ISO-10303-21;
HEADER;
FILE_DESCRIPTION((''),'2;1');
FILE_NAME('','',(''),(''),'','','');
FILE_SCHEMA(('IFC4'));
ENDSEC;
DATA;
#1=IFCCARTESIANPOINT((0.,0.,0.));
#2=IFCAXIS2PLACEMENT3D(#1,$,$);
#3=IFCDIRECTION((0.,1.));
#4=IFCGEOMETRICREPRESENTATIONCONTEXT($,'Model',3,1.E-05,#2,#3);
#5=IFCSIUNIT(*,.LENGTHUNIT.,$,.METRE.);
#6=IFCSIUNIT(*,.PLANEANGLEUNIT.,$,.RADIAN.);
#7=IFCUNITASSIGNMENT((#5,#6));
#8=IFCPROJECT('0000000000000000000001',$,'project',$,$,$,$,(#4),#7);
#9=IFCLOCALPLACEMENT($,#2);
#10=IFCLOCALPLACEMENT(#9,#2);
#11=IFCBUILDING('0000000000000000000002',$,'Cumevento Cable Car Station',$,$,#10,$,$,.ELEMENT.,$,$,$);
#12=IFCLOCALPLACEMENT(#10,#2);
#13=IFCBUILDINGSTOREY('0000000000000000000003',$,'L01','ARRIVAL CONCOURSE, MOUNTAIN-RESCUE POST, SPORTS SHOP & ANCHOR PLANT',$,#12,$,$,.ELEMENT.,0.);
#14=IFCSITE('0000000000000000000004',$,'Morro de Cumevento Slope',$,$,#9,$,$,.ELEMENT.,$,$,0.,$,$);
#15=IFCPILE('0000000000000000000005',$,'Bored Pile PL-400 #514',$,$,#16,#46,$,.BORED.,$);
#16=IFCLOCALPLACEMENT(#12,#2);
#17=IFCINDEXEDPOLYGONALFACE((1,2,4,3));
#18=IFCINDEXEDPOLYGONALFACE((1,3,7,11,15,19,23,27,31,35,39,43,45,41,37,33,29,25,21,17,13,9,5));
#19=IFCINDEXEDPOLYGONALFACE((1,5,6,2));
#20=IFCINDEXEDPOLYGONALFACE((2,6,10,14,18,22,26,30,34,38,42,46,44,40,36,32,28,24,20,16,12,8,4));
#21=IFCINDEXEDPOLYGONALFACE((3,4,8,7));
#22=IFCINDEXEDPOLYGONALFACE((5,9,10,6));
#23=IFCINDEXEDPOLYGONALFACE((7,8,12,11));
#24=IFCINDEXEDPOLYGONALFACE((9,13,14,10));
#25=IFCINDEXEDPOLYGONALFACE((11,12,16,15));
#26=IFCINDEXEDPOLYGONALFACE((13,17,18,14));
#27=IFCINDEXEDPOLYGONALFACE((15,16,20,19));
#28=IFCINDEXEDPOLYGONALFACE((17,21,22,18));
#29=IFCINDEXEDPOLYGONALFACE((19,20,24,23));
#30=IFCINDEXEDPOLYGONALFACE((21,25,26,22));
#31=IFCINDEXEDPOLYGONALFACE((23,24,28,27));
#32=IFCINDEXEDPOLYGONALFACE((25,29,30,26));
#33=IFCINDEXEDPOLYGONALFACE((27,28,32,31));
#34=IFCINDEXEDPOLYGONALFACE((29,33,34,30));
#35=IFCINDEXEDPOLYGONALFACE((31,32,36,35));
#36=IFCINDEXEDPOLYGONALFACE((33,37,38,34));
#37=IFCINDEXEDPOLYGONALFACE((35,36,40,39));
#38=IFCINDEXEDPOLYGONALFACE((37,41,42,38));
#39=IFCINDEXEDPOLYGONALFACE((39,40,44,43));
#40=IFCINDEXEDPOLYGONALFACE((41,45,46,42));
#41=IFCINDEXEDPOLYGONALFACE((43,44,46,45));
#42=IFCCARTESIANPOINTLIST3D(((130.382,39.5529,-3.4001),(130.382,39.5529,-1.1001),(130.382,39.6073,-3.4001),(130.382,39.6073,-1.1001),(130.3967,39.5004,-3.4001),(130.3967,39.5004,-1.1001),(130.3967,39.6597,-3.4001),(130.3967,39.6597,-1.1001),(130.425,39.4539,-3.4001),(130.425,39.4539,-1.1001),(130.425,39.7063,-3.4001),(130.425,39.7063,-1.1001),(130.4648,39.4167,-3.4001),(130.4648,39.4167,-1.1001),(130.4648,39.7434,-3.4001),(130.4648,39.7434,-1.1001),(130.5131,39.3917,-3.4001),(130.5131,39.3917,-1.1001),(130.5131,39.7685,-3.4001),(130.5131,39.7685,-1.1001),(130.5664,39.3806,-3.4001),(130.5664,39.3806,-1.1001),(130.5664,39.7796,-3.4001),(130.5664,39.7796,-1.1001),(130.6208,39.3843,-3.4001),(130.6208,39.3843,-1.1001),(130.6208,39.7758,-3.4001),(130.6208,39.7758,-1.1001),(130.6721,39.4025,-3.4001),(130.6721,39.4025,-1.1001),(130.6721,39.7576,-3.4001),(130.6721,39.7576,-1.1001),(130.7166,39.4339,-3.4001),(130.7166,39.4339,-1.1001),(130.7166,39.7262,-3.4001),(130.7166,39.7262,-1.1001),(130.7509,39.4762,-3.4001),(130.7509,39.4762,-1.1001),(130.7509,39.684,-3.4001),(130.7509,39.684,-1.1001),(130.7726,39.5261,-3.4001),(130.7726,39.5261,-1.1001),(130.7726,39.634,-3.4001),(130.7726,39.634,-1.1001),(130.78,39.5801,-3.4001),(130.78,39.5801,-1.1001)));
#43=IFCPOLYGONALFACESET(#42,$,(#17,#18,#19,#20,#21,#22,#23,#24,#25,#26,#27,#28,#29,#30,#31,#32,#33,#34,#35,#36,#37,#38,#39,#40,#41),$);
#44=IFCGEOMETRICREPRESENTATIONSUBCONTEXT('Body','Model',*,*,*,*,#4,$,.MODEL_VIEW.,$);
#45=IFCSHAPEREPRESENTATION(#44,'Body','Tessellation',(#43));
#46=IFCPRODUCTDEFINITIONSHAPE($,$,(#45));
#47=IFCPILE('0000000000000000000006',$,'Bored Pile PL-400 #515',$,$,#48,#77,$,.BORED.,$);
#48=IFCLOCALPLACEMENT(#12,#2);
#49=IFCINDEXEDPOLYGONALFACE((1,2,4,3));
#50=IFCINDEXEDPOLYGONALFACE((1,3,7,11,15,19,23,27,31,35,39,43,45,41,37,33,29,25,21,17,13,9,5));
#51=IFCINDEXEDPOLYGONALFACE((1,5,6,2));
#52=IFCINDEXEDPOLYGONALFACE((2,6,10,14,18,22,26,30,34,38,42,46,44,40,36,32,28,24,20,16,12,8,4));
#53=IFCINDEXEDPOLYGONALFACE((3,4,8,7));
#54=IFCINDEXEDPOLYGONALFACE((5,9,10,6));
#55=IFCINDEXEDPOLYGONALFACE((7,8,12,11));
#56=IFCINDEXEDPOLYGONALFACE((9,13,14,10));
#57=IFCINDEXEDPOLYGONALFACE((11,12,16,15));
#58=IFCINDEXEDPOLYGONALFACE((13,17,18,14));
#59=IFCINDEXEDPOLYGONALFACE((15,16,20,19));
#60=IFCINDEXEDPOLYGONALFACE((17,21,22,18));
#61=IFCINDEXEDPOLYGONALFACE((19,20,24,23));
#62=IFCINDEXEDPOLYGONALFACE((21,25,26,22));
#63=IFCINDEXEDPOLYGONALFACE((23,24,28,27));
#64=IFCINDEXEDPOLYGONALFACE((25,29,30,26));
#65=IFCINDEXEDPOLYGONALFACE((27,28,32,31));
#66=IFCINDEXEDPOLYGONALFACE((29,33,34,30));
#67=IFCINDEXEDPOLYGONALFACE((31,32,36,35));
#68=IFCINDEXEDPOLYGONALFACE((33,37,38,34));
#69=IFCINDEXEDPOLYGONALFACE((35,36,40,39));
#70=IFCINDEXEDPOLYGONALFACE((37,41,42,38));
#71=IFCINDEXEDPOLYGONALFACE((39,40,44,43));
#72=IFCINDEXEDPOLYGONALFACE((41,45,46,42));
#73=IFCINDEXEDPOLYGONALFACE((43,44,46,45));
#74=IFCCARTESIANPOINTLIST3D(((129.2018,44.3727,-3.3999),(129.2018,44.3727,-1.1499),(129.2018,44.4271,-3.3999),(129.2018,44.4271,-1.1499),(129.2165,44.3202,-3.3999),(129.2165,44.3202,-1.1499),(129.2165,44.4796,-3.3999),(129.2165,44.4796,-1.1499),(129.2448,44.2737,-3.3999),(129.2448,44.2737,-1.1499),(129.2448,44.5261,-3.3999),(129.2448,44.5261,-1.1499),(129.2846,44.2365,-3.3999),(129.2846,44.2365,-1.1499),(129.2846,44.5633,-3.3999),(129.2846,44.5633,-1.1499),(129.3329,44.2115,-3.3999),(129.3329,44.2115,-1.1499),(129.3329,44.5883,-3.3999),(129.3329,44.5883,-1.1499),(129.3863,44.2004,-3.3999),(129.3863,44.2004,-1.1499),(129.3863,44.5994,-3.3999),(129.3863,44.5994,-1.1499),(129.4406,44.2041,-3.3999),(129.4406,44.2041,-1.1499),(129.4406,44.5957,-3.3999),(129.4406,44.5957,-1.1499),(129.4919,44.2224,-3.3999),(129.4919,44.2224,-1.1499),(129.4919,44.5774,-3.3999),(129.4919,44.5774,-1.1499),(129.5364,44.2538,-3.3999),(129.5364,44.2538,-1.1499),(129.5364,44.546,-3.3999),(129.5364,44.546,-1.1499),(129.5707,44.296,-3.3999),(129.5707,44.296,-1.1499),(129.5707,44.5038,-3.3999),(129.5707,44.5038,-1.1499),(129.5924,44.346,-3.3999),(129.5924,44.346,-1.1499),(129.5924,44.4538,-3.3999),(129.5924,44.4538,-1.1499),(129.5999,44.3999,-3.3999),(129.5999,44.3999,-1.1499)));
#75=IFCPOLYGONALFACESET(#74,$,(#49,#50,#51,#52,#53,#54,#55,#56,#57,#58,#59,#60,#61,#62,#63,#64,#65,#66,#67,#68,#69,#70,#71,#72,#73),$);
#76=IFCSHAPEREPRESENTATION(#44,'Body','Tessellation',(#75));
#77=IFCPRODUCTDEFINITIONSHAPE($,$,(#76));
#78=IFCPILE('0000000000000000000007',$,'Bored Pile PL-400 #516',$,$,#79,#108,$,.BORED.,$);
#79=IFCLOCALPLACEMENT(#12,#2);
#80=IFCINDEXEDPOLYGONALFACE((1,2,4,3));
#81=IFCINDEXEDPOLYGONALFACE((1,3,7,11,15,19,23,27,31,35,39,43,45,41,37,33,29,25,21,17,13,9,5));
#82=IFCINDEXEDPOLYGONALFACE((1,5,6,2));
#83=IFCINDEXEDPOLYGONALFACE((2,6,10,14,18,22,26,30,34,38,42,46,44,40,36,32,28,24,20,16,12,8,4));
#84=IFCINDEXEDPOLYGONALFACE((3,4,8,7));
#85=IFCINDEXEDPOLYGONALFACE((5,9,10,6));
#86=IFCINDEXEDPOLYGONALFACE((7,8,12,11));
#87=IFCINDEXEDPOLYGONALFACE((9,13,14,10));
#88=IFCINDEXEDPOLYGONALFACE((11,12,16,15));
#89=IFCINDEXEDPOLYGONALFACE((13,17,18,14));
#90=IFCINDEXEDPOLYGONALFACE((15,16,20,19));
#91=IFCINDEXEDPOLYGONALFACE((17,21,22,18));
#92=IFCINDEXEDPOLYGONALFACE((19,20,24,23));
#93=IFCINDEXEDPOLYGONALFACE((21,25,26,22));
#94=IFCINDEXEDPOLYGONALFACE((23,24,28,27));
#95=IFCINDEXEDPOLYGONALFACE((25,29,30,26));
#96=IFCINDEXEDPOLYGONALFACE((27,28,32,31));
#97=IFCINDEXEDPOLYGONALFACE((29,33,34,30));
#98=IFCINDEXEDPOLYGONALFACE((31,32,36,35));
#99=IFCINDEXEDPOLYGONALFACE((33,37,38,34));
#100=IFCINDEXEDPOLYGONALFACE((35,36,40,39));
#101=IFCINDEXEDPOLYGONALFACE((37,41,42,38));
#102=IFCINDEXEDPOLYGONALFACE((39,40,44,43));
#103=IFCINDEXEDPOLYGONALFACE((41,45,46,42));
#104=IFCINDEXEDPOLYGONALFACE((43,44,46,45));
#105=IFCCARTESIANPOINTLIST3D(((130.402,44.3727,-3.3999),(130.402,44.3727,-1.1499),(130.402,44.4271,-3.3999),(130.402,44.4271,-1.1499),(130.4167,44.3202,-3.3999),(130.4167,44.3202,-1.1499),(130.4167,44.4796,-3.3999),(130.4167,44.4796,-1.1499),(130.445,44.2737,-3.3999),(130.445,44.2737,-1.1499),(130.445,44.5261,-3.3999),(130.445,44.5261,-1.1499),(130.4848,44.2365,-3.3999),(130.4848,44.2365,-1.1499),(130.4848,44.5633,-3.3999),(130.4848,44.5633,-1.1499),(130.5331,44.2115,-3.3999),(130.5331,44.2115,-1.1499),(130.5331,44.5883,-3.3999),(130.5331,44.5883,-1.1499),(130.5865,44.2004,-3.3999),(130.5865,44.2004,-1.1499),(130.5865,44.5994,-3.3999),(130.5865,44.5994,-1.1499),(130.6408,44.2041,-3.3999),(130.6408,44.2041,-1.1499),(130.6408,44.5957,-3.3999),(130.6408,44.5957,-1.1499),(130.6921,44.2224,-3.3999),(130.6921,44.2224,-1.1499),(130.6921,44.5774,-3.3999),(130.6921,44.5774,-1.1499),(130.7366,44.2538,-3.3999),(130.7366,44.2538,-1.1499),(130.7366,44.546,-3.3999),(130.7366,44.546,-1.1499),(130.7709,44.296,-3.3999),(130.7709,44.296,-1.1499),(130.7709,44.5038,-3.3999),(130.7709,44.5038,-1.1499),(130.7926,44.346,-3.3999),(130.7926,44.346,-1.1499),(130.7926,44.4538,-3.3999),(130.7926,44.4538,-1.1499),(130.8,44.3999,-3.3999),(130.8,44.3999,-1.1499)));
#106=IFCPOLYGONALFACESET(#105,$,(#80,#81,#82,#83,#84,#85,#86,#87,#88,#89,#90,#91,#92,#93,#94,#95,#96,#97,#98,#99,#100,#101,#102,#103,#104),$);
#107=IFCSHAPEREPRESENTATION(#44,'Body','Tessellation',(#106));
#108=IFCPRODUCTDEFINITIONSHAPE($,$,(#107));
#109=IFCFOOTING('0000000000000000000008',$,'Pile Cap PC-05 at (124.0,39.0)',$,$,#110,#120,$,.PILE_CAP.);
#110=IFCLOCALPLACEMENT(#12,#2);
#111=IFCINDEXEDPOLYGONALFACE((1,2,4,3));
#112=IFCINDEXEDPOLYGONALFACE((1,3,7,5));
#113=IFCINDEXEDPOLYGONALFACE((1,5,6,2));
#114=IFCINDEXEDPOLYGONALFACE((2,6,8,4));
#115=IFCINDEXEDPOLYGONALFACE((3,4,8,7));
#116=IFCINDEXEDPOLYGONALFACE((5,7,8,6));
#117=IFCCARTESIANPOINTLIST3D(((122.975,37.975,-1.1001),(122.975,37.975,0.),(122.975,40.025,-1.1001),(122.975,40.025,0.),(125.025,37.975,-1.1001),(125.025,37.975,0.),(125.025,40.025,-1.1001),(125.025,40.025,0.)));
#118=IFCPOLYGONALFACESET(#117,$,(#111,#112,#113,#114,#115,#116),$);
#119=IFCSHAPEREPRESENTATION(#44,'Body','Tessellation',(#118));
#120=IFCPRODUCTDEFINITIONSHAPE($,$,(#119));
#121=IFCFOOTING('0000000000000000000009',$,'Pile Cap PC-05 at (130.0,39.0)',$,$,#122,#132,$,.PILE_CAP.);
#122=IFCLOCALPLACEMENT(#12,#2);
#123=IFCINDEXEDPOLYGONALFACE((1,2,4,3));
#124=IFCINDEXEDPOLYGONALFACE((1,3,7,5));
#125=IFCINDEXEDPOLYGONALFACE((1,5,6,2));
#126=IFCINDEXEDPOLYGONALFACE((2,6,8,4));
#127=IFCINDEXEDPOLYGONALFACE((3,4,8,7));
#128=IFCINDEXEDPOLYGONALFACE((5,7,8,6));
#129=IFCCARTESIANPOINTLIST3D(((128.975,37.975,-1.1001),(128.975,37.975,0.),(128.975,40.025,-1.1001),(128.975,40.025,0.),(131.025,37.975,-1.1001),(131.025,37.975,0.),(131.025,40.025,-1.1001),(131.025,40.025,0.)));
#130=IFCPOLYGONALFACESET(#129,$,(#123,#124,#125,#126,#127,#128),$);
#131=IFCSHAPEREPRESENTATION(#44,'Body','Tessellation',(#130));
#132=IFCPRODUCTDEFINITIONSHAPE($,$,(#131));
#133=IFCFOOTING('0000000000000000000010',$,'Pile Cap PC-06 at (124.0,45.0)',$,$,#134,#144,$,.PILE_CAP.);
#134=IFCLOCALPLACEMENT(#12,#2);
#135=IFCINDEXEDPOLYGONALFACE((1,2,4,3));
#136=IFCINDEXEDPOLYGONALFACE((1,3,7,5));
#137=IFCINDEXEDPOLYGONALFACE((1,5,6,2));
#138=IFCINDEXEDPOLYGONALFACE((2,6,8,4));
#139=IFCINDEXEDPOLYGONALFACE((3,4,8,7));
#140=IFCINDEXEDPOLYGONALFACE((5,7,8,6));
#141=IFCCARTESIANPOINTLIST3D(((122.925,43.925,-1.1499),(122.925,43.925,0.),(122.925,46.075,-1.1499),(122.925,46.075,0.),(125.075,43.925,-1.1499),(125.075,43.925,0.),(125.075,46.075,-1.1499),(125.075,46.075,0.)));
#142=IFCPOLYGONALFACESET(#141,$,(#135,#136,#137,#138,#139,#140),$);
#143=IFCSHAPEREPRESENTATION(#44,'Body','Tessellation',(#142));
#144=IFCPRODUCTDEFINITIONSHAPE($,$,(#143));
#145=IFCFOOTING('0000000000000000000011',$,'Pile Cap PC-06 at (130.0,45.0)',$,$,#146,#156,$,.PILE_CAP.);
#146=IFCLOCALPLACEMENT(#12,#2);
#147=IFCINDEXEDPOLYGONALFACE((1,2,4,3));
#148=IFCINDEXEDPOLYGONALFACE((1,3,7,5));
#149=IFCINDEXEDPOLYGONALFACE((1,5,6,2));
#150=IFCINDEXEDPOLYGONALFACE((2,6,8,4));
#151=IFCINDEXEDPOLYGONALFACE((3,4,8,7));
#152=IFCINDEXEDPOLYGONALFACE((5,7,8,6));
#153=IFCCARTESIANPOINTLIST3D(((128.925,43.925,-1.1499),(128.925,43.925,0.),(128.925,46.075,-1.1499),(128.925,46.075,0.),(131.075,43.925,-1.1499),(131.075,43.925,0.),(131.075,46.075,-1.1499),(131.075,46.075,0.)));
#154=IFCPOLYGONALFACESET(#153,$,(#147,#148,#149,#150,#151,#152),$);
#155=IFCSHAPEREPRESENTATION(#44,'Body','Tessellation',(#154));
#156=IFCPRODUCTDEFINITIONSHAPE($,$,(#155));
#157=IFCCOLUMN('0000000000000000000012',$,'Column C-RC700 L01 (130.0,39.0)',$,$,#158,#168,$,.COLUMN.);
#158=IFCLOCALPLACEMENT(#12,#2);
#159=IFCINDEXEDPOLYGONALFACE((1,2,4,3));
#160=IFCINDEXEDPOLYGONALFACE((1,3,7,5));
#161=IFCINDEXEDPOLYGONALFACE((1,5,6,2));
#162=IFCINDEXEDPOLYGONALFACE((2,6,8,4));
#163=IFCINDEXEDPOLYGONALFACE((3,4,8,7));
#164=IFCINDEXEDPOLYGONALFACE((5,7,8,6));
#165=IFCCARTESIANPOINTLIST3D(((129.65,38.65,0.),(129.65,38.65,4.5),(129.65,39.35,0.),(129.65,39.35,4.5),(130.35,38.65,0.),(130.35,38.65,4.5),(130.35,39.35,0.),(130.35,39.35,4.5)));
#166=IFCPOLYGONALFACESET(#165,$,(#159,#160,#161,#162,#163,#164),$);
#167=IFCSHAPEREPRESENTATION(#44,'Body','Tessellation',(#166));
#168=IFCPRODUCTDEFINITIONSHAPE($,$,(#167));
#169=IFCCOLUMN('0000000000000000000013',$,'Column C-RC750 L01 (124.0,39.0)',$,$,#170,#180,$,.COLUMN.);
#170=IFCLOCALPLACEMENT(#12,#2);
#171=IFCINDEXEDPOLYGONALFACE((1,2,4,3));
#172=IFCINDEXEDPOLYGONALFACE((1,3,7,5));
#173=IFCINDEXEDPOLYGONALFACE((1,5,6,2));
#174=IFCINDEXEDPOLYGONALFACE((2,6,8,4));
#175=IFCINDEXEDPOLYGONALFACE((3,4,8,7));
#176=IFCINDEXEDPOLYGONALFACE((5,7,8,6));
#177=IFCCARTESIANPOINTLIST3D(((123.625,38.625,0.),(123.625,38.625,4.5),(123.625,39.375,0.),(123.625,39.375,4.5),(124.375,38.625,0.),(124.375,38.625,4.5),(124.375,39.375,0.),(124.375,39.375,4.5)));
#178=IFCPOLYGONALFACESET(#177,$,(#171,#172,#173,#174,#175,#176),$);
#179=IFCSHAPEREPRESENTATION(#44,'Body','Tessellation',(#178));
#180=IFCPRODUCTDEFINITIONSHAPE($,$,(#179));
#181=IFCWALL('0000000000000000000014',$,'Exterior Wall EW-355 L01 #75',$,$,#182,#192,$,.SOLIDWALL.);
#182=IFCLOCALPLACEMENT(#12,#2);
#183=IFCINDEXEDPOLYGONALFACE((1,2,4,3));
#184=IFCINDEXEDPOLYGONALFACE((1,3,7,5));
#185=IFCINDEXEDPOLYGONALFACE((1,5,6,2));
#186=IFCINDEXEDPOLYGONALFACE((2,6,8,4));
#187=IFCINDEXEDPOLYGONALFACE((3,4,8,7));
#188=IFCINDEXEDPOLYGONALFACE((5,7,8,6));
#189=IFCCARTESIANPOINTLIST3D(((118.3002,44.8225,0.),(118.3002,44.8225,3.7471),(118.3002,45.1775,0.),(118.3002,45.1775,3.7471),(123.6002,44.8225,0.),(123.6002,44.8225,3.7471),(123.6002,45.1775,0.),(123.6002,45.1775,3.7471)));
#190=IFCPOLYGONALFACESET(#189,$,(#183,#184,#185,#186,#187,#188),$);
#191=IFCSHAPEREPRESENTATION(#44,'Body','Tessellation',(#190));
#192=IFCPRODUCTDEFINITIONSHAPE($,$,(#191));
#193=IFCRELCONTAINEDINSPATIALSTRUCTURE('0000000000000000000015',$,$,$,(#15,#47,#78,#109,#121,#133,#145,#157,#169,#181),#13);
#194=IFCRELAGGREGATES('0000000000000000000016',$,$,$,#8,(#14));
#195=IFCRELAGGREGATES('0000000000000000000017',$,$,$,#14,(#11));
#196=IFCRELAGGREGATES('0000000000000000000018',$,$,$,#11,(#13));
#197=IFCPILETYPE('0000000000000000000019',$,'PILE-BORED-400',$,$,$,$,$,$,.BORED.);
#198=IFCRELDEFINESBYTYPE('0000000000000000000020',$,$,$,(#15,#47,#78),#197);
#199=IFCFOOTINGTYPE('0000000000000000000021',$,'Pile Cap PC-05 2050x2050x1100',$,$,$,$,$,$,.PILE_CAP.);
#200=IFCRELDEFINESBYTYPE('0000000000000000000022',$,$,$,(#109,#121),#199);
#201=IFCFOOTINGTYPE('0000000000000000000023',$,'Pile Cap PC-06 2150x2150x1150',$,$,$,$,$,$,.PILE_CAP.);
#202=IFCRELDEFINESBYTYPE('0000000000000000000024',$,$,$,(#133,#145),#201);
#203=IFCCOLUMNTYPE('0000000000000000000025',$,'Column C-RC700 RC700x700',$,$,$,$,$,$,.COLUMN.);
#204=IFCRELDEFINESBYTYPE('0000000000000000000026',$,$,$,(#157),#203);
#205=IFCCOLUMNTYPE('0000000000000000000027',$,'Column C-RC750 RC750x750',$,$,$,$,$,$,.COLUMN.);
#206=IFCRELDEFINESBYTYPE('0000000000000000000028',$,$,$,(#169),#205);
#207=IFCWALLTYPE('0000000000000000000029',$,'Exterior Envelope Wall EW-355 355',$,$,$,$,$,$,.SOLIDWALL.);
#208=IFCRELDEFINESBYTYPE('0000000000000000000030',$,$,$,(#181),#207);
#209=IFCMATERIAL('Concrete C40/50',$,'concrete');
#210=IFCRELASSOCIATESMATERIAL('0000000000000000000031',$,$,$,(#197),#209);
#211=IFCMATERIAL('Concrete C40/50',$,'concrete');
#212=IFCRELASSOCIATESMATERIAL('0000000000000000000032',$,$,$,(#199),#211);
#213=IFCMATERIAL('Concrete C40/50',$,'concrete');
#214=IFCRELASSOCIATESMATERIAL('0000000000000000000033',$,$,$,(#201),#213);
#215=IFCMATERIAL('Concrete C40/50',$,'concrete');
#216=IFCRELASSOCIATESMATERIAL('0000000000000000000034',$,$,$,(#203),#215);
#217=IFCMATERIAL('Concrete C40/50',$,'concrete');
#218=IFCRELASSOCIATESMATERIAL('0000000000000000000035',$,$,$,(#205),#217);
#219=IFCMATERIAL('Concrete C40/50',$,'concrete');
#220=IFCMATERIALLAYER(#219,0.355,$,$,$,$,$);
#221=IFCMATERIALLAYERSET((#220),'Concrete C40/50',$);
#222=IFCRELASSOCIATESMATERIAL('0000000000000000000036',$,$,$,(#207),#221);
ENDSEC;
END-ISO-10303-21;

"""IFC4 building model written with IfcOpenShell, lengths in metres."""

from ifc_helpers import new_model, si_unit, direction, frame, frame_2d, origin, origin_2d, place, context, subcontext, project, spatial, rectangle, circle, extrude, material, layer, layer_set, material_profile, profile_set, type_object, element, save


model = new_model("IFC4")

# Units and contexts
model_context = context("Model", 3, precision=1e-05, world=origin(), true_north=direction((0.0, 1.0)))
body_context = subcontext(model_context, "Body", "Model", "MODEL_VIEW")
ifc_project = project(units=[si_unit("LENGTHUNIT", "METRE"), si_unit("PLANEANGLEUNIT", "RADIAN")], contexts=[model_context])

# Site, building, storey
site_placement = place(None, origin())
site = spatial("IfcSite", under=ifc_project, at=site_placement, Name="Morro de Cumevento Slope", CompositionType="ELEMENT", RefElevation=0.0)
building_placement = place(site_placement, origin())
building = spatial("IfcBuilding", under=site, at=building_placement, Name="Cumevento Cable Car Station", CompositionType="ELEMENT")
storey_placement = place(building_placement, origin())
storey = spatial("IfcBuildingStorey", under=building, at=storey_placement, Name="L01", Description="ARRIVAL CONCOURSE, MOUNTAIN-RESCUE POST, SPORTS SHOP & ANCHOR PLANT", CompositionType="ELEMENT", Elevation=0.0)

# Piles
ifc_material_1 = material(Name="Concrete C40/50", Category="concrete")
ifc_material_profile_1 = material_profile(ifc_material_1, circle(Radius=0.2, at=origin_2d()), Name="PILE-D400")
ifc_profile_set_1 = profile_set([ifc_material_profile_1], Name="Concrete C40/50")
pile_type = type_object("IfcPileType", Name="PILE-BORED-400", PredefinedType="BORED", material=ifc_profile_set_1)
for number, where, z_axis, x_axis, name in (
    (1, (130.5801, 39.5801, -1.1001), (0.0, 0.0, -1.0), (1.0, 0.0, 0.0), "Bored Pile PL-400 #514"),
):
    element("IfcPile", number, at=place(storey_placement, frame(where, z_axis=z_axis, x_axis=x_axis)), inside=storey, type_object=pile_type, Name=name, PredefinedType="BORED", context=body_context, shape_type="SweptSolid", body=[
        extrude(circle(Radius=0.2, at=origin_2d()), origin(), (0.0, 0.0, 1.0), 2.3),
    ])
for number, where, z_axis, x_axis, name in (
    (2, (129.3999, 44.3999, -1.1499), (0.0, 0.0, -1.0), (1.0, 0.0, 0.0), "Bored Pile PL-400 #515"),
    (3, (130.6001, 44.3999, -1.1499), (0.0, 0.0, -1.0), (1.0, 0.0, 0.0), "Bored Pile PL-400 #516"),
):
    element("IfcPile", number, at=place(storey_placement, frame(where, z_axis=z_axis, x_axis=x_axis)), inside=storey, type_object=pile_type, Name=name, PredefinedType="BORED", context=body_context, shape_type="SweptSolid", body=[
        extrude(circle(Radius=0.2, at=origin_2d()), origin(), (0.0, 0.0, 1.0), 2.25),
    ])

# Footings
ifc_material_2 = material(Name="Concrete C40/50", Category="concrete")
footing_type_1 = type_object("IfcFootingType", Name="Pile Cap PC-05 2050x2050x1100", PredefinedType="PILE_CAP", material=ifc_material_2)
for number, where, z_axis, x_axis, name in (
    (4, (124.0, 39.0, -1.1001), (0.0, 0.0, 1.0), (1.0, 0.0, 0.0), "Pile Cap PC-05 at (124.0,39.0)"),
    (5, (130.0, 39.0, -1.1001), (0.0, 0.0, 1.0), (1.0, 0.0, 0.0), "Pile Cap PC-05 at (130.0,39.0)"),
):
    element("IfcFooting", number, at=place(storey_placement, frame(where, z_axis=z_axis, x_axis=x_axis)), inside=storey, type_object=footing_type_1, Name=name, PredefinedType="PILE_CAP", context=body_context, shape_type="SweptSolid", body=[
        extrude(rectangle(XDim=2.05, YDim=2.05, at=origin_2d()), origin(), (0.0, 0.0, 1.0), 1.1001),
    ])
ifc_material_3 = material(Name="Concrete C40/50", Category="concrete")
footing_type_2 = type_object("IfcFootingType", Name="Pile Cap PC-06 2150x2150x1150", PredefinedType="PILE_CAP", material=ifc_material_3)
for number, where, z_axis, x_axis, name in (
    (6, (124.0, 45.0, -1.1499), (0.0, 0.0, 1.0), (1.0, 0.0, 0.0), "Pile Cap PC-06 at (124.0,45.0)"),
    (7, (130.0, 45.0, -1.1499), (0.0, 0.0, 1.0), (1.0, 0.0, 0.0), "Pile Cap PC-06 at (130.0,45.0)"),
):
    element("IfcFooting", number, at=place(storey_placement, frame(where, z_axis=z_axis, x_axis=x_axis)), inside=storey, type_object=footing_type_2, Name=name, PredefinedType="PILE_CAP", context=body_context, shape_type="SweptSolid", body=[
        extrude(rectangle(XDim=2.1499, YDim=2.1499, at=origin_2d()), origin(), (0.0, 0.0, 1.0), 1.1499),
    ])

# Columns
ifc_material_4 = material(Name="Concrete C40/50", Category="concrete")
ifc_material_profile_2 = material_profile(ifc_material_4, rectangle(XDim=0.7, YDim=0.7, at=origin_2d()), Name="RC700x700")
ifc_profile_set_2 = profile_set([ifc_material_profile_2], Name="Concrete C40/50")
column_type_1 = type_object("IfcColumnType", Name="Column C-RC700 RC700x700", PredefinedType="COLUMN", material=ifc_profile_set_2)
column_1_placement = place(storey_placement, frame((130.0, 39.0, 0.0), z_axis=(0.0, 0.0, 1.0), x_axis=(1.0, 0.0, 0.0)))
element("IfcColumn", 8, at=column_1_placement, inside=storey, type_object=column_type_1, Name="Column C-RC700 L01 (130.0,39.0)", PredefinedType="COLUMN", context=body_context, shape_type="SweptSolid", body=[
    extrude(rectangle(XDim=0.7, YDim=0.7, at=origin_2d()), origin(), (0.0, 0.0, 1.0), 4.5),
])
ifc_material_5 = material(Name="Concrete C40/50", Category="concrete")
ifc_material_profile_3 = material_profile(ifc_material_5, rectangle(XDim=0.75, YDim=0.75, at=origin_2d()), Name="RC750x750")
ifc_profile_set_3 = profile_set([ifc_material_profile_3], Name="Concrete C40/50")
column_type_2 = type_object("IfcColumnType", Name="Column C-RC750 RC750x750", PredefinedType="COLUMN", material=ifc_profile_set_3)
column_2_placement = place(storey_placement, frame((124.0, 39.0, 0.0), z_axis=(0.0, 0.0, 1.0), x_axis=(1.0, 0.0, 0.0)))
element("IfcColumn", 9, at=column_2_placement, inside=storey, type_object=column_type_2, Name="Column C-RC750 L01 (124.0,39.0)", PredefinedType="COLUMN", context=body_context, shape_type="SweptSolid", body=[
    extrude(rectangle(XDim=0.75, YDim=0.75, at=origin_2d()), origin(), (0.0, 0.0, 1.0), 4.5),
])

# Wall
ifc_material_6 = material(Name="Concrete C40/50", Category="concrete")
ifc_layer = layer(ifc_material_6, 0.355)
ifc_layer_set = layer_set([ifc_layer], Name="Concrete C40/50")
wall_type = type_object("IfcWallType", Name="Exterior Envelope Wall EW-355 355", PredefinedType="SOLIDWALL", material=ifc_layer_set)
wall_placement = place(storey_placement, frame((123.6001, 45.0, 0.0), z_axis=(0.0, 0.0, 1.0), x_axis=(-1.0, 0.0, 0.0)))
element("IfcWall", 10, at=wall_placement, inside=storey, type_object=wall_type, Name="Exterior Wall EW-355 L01 #75", PredefinedType="SOLIDWALL", context=body_context, shape_type="SweptSolid", body=[
    extrude(rectangle(XDim=5.3, YDim=0.355, at=frame_2d((2.6499, 0.0))), origin(), (0.0, 0.0, 1.0), 3.7471),
])

save(model, "model.ifc")
